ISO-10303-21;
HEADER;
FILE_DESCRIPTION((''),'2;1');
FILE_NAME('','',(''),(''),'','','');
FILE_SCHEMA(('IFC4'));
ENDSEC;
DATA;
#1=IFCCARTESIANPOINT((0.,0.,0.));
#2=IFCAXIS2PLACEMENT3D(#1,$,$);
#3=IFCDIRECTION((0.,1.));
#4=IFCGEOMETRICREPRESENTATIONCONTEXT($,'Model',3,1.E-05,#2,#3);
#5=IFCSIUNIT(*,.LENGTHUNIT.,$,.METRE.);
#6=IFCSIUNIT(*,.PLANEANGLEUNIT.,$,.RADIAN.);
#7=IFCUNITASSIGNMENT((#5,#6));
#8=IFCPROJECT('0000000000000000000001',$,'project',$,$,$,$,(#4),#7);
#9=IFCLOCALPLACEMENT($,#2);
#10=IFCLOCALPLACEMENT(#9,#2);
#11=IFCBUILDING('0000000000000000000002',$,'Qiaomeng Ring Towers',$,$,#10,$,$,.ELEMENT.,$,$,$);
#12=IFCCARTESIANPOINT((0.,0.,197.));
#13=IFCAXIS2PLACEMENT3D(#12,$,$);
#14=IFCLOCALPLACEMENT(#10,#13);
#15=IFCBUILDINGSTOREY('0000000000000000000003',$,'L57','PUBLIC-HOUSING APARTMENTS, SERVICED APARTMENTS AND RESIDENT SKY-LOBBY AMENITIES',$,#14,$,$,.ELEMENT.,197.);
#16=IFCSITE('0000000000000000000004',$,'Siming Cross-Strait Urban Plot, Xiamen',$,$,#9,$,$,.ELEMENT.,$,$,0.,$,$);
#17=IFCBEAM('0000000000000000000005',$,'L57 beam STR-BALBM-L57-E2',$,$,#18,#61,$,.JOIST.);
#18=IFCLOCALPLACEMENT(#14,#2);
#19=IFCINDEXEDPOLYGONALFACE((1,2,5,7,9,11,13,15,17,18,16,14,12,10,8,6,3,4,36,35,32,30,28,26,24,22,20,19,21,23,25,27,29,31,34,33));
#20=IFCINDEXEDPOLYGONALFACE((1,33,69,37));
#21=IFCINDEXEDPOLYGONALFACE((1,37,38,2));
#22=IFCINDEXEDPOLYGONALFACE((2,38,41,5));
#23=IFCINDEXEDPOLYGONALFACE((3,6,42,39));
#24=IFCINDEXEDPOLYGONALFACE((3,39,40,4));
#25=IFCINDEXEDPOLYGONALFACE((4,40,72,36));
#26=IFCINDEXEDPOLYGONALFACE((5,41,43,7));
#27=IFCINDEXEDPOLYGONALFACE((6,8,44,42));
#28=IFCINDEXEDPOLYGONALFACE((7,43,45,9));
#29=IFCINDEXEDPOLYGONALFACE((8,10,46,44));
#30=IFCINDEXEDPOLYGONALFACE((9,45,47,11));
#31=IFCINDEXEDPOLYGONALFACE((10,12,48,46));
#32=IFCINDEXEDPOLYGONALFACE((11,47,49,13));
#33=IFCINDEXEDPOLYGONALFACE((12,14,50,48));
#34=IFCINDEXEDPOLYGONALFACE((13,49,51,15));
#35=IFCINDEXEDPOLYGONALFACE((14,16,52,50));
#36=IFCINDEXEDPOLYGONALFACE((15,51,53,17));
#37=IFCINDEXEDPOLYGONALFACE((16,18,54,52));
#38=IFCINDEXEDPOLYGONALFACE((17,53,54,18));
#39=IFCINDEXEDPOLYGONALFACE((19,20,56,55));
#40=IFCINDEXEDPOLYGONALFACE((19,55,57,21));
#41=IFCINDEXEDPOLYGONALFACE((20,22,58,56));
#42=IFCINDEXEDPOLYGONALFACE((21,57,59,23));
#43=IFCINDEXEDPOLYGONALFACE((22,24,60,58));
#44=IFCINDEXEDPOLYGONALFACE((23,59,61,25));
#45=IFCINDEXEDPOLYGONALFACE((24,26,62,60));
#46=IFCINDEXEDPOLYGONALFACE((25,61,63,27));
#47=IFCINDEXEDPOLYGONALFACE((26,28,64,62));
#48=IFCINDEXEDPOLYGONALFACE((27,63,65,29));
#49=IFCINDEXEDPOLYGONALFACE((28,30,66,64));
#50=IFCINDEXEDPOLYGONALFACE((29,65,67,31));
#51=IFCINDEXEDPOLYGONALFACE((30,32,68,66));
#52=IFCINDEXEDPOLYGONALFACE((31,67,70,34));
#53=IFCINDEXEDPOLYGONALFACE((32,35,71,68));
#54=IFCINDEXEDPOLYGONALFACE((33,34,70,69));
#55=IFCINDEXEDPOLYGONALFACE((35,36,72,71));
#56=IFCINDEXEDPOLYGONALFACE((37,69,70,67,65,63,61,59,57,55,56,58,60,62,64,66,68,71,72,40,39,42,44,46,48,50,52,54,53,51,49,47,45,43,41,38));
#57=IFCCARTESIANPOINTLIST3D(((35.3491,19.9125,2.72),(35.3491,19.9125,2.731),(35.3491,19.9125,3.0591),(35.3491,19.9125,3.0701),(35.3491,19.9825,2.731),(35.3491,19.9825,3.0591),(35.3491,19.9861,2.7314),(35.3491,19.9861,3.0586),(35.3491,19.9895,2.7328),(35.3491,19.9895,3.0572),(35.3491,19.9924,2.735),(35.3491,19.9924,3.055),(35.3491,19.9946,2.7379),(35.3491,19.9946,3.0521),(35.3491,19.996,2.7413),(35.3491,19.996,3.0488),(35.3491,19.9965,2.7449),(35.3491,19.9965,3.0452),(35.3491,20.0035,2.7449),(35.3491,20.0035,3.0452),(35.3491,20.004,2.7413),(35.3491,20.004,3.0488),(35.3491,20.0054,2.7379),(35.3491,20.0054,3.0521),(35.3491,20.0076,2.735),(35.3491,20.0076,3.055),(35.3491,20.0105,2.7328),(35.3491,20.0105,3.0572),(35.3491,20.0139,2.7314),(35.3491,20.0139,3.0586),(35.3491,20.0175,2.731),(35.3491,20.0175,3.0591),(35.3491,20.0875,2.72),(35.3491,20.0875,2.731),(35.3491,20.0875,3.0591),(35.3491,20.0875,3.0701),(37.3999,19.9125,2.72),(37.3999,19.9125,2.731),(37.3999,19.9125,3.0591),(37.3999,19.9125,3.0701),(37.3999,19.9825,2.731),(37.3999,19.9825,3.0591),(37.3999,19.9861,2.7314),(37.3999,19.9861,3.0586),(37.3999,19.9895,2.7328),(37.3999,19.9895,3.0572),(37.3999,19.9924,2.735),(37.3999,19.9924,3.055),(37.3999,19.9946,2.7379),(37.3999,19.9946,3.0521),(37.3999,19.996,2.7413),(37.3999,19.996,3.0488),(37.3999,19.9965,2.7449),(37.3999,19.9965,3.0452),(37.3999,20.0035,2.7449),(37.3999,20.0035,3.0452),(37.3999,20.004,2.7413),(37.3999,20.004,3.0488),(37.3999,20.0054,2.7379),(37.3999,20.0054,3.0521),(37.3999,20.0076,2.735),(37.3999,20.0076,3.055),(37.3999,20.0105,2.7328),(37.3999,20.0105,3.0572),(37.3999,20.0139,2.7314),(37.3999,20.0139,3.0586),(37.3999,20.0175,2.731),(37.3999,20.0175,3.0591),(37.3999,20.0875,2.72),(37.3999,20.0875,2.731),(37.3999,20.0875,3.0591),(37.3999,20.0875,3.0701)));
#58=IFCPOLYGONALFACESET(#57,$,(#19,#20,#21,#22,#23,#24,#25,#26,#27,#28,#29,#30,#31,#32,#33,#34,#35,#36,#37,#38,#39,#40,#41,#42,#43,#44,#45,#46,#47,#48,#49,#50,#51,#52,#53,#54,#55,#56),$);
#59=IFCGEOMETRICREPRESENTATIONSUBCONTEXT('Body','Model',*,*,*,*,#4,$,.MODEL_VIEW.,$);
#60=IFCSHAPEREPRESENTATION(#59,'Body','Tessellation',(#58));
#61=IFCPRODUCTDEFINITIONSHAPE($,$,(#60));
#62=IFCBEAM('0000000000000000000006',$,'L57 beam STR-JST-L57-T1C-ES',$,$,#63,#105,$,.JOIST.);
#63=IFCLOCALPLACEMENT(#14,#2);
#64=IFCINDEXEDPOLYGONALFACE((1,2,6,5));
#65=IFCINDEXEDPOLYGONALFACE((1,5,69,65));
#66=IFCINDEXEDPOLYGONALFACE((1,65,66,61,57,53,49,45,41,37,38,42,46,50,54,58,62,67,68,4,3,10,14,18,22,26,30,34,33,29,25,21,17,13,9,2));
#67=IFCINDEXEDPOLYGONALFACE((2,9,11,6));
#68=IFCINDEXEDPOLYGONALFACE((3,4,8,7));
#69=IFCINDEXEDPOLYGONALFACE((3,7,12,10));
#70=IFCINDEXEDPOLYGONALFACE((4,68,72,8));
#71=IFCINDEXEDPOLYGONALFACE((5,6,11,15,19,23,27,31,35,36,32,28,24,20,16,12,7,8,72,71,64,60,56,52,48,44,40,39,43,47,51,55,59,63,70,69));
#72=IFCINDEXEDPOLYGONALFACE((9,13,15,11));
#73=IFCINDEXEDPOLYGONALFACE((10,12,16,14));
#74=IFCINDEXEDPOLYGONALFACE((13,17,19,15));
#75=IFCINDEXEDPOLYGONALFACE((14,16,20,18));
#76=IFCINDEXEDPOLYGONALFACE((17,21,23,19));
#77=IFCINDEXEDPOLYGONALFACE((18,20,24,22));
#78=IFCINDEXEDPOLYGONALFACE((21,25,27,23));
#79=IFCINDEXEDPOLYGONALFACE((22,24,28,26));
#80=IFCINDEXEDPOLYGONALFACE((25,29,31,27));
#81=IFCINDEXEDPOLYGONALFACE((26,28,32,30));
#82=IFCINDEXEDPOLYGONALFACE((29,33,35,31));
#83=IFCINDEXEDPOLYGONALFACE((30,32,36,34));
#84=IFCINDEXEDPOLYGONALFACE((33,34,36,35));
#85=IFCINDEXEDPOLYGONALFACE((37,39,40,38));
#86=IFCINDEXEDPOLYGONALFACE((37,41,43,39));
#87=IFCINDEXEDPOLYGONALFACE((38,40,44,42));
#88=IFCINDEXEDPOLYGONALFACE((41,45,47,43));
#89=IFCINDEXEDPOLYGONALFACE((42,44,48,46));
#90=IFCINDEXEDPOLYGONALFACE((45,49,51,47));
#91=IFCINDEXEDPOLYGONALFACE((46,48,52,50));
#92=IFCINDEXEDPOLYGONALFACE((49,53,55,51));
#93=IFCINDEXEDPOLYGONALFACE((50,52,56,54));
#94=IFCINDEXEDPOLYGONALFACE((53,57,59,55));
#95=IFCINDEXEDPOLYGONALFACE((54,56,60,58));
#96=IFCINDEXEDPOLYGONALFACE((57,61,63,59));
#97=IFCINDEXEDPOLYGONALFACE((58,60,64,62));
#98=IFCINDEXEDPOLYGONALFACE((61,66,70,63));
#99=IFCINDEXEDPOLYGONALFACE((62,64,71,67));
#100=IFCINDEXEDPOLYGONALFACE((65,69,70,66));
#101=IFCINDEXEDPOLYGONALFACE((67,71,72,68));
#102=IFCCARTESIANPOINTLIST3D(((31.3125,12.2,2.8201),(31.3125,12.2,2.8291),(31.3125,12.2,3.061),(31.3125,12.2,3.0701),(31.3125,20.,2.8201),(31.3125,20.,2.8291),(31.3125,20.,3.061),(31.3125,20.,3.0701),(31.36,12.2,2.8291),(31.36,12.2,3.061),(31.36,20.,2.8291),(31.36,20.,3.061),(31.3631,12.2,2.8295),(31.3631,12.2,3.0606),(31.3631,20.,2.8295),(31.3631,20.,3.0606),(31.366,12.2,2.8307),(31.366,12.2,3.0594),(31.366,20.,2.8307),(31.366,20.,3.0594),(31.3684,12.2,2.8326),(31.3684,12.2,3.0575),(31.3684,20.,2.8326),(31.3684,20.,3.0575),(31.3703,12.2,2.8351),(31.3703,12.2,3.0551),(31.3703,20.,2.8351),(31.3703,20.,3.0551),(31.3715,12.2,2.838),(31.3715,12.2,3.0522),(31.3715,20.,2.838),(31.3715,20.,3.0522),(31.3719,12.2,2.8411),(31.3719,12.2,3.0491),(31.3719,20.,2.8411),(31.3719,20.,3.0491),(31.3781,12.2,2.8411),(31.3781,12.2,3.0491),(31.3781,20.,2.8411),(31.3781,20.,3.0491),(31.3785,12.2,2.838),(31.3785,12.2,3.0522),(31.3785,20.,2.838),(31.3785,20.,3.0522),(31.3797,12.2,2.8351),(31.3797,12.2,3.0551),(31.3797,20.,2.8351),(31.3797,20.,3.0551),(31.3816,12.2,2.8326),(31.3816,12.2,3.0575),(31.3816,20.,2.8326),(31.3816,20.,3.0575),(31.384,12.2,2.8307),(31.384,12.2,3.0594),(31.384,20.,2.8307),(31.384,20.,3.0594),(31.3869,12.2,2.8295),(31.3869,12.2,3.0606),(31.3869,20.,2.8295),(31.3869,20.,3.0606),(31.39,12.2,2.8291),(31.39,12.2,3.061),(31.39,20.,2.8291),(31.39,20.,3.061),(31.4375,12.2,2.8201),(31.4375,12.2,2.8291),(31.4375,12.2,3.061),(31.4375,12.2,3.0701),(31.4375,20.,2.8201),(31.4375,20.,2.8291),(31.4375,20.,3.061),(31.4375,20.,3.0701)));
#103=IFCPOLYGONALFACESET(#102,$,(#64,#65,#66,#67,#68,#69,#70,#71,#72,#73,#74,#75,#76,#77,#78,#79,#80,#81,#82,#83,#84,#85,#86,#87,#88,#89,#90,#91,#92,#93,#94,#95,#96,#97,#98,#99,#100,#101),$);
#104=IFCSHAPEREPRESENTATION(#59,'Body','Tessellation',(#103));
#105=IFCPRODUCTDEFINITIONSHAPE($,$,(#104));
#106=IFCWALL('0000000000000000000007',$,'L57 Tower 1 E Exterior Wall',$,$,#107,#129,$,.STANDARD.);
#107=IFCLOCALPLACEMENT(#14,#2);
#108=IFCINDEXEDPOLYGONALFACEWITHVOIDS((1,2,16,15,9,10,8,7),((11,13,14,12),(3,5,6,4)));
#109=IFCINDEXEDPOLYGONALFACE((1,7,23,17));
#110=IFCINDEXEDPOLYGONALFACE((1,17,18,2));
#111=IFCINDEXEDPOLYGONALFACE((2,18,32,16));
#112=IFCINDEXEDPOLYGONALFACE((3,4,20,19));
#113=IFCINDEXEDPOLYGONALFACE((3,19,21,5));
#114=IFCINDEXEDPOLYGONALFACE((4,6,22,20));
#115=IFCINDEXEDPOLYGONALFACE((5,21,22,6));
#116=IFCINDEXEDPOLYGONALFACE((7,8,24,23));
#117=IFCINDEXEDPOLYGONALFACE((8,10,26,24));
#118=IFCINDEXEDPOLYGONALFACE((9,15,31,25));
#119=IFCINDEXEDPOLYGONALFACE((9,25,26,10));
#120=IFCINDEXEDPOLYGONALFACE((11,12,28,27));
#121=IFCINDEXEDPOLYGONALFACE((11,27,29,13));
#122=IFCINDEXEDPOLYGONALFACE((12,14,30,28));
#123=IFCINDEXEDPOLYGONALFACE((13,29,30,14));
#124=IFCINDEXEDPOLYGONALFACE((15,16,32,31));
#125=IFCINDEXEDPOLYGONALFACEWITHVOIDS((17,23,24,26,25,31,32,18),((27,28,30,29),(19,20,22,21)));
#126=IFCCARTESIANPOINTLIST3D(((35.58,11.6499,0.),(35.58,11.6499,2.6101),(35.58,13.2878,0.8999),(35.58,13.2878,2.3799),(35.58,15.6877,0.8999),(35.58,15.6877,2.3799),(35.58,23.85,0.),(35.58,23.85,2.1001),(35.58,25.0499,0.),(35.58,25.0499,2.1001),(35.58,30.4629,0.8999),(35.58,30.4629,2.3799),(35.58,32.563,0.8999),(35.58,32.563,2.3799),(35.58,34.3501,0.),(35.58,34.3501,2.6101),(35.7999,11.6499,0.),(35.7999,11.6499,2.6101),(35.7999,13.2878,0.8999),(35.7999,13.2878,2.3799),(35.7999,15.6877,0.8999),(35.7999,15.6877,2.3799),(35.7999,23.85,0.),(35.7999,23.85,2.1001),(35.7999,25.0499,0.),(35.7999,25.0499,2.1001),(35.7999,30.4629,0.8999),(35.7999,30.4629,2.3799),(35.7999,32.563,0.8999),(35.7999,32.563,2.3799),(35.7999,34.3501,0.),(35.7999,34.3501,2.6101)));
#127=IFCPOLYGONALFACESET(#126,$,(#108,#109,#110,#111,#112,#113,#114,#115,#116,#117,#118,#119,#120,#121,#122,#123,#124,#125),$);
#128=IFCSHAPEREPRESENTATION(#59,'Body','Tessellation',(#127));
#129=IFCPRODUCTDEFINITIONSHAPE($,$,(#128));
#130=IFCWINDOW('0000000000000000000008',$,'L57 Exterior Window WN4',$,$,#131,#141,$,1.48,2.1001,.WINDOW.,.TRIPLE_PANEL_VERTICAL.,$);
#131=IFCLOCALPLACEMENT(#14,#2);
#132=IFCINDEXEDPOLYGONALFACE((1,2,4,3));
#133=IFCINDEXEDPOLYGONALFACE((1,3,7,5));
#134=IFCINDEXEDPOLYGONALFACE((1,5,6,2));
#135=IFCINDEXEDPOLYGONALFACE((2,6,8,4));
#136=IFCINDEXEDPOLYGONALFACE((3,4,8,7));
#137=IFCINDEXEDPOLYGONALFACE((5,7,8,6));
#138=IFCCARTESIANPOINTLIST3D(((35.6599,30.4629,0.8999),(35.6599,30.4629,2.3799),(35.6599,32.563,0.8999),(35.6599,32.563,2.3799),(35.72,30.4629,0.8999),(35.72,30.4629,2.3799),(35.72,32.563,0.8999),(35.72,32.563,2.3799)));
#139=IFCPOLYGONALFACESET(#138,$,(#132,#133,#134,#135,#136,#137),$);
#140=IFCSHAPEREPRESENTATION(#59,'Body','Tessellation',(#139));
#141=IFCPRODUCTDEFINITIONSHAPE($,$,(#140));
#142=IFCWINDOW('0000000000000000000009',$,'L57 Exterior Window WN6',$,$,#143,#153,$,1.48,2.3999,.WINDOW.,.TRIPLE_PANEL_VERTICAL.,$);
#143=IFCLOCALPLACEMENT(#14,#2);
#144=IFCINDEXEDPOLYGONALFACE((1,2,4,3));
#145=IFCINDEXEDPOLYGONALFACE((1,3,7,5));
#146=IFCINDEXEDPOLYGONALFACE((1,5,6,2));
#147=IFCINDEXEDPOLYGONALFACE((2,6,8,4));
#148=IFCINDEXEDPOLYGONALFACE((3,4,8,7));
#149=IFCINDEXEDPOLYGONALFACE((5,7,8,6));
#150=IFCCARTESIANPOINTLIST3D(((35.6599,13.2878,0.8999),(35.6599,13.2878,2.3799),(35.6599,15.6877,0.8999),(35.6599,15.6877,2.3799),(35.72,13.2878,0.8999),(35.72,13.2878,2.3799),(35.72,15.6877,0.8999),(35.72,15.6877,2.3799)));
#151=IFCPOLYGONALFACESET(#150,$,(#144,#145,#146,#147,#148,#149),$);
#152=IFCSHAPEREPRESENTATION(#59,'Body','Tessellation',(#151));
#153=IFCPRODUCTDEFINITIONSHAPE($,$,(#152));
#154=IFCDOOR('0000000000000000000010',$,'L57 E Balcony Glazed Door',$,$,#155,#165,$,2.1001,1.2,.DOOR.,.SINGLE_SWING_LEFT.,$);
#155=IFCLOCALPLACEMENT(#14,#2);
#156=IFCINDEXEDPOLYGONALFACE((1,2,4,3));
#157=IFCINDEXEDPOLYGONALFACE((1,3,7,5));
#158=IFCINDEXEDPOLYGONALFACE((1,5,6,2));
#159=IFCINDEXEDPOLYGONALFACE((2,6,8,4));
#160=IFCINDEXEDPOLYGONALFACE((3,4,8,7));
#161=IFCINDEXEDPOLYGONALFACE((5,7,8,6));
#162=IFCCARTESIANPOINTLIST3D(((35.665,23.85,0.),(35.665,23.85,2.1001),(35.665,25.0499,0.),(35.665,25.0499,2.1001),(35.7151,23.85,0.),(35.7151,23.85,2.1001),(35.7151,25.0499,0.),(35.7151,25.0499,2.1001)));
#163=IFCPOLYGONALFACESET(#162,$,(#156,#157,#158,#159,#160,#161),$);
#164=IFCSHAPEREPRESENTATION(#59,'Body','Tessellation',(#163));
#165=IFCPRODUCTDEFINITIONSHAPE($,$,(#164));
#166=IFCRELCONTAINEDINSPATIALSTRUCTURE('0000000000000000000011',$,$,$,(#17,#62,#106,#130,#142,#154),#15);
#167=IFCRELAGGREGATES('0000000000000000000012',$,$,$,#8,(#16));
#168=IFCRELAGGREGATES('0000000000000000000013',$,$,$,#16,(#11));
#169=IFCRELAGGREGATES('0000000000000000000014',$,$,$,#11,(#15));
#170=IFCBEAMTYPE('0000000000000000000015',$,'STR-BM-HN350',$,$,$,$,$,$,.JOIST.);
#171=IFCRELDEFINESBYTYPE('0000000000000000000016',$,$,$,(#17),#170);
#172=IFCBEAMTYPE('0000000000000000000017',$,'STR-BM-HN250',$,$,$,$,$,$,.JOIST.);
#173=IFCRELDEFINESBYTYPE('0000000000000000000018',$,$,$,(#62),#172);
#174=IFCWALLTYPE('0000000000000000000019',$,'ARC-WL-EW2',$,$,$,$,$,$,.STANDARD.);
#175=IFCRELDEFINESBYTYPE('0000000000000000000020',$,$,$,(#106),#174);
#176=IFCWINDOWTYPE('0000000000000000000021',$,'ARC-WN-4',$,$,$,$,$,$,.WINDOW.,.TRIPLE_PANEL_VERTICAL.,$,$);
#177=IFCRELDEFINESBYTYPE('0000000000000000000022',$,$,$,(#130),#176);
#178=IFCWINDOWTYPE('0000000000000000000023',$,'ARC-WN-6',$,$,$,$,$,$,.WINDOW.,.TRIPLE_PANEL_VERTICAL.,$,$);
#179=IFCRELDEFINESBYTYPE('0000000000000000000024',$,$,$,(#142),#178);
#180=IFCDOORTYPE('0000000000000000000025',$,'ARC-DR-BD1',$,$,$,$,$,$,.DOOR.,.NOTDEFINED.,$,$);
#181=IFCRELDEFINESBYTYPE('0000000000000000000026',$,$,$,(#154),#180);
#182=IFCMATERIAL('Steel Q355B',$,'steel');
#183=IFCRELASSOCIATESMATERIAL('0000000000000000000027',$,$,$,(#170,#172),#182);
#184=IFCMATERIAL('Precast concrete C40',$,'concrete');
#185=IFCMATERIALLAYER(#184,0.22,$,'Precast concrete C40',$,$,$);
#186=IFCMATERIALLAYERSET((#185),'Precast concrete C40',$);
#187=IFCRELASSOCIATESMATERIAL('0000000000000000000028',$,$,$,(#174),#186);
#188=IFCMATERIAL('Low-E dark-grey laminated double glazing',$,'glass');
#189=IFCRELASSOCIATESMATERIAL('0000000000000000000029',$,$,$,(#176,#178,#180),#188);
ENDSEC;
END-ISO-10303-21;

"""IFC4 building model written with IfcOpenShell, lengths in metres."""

from ifc_helpers import new_model, si_unit, direction, frame, frame_2d, origin, origin_2d, place, context, subcontext, project, spatial, rectangle, i_section, extrude, source, transform, mapped, material, layer, layer_set, material_profile, profile_set, type_object, element, fill, save


model = new_model("IFC4")

# Units and contexts
model_context = context("Model", 3, precision=1e-05, world=origin(), true_north=direction((0.0, 1.0)))
body_context = subcontext(model_context, "Body", "Model", "MODEL_VIEW")
ifc_project = project(units=[si_unit("LENGTHUNIT", "METRE"), si_unit("PLANEANGLEUNIT", "RADIAN")], contexts=[model_context])

# Site, building, storey
site_placement = place(None, origin())
site = spatial("IfcSite", under=ifc_project, at=site_placement, Name="Siming Cross-Strait Urban Plot, Xiamen", CompositionType="ELEMENT", RefElevation=0.0)
building_placement = place(site_placement, origin())
building = spatial("IfcBuilding", under=site, at=building_placement, Name="Qiaomeng Ring Towers", CompositionType="ELEMENT")
storey_placement = place(building_placement, frame((0.0, 0.0, 197.0)))
storey = spatial("IfcBuildingStorey", under=building, at=storey_placement, Name="L57", Description="PUBLIC-HOUSING APARTMENTS, SERVICED APARTMENTS AND RESIDENT SKY-LOBBY AMENITIES", CompositionType="ELEMENT", Elevation=197.0)

# Beams
ifc_material_1 = material(Name="Steel Q355B", Category="steel")
ifc_material_profile_1 = material_profile(ifc_material_1, i_section(OverallWidth=0.175, OverallDepth=0.3501, WebThickness=0.0071, FlangeThickness=0.011, FilletRadius=0.0139, at=origin_2d()), Name="HN 350x175x7x11")
ifc_profile_set_1 = profile_set([ifc_material_profile_1], Name="Steel Q355B")
beam_type_1 = type_object("IfcBeamType", Name="STR-BM-HN350", PredefinedType="JOIST", material=ifc_profile_set_1)
shared_shape_1 = source(origin(), body_context, "Body", "SweptSolid", [
    extrude(i_section(OverallWidth=0.175, OverallDepth=0.3501, WebThickness=0.0071, FlangeThickness=0.011, FilletRadius=0.0139, at=origin_2d()), origin(), (0.0, 0.0, 1.0), 2.0508),
])
beam_1_placement = place(storey_placement, frame((35.3491, 20.0, 2.895), z_axis=(1.0, 0.0, 0.0), x_axis=(0.0, 1.0, 0.0)))
element("IfcBeam", 1, at=beam_1_placement, inside=storey, type_object=beam_type_1, Name="L57 beam STR-BALBM-L57-E2", PredefinedType="JOIST", context=body_context, shape_type="MappedRepresentation", body=[
    mapped(shared_shape_1, transform((0.0, 0.0, 0.0), x_axis=(1.0, 0.0, 0.0), y_axis=(0.0, 1.0, 0.0), z_axis=(0.0, 0.0, 1.0), scale=1.0)),
])
ifc_material_profile_2 = material_profile(ifc_material_1, i_section(OverallWidth=0.125, OverallDepth=0.25, WebThickness=0.0061, FlangeThickness=0.009, FilletRadius=0.012, at=origin_2d()), Name="HN 250x125x6x9")
ifc_profile_set_2 = profile_set([ifc_material_profile_2], Name="Steel Q355B")
beam_type_2 = type_object("IfcBeamType", Name="STR-BM-HN250", PredefinedType="JOIST", material=ifc_profile_set_2)
shared_shape_2 = source(origin(), body_context, "Body", "SweptSolid", [
    extrude(i_section(OverallWidth=0.125, OverallDepth=0.25, WebThickness=0.0061, FlangeThickness=0.009, FilletRadius=0.012, at=origin_2d()), origin(), (0.0, 0.0, 1.0), 7.8),
])
beam_2_placement = place(storey_placement, frame((31.375, 12.2, 2.9451), z_axis=(0.0, 1.0, 0.0), x_axis=(-1.0, 0.0, 0.0)))
element("IfcBeam", 2, at=beam_2_placement, inside=storey, type_object=beam_type_2, Name="L57 beam STR-JST-L57-T1C-ES", PredefinedType="JOIST", context=body_context, shape_type="MappedRepresentation", body=[
    mapped(shared_shape_2, transform((0.0, 0.0, 0.0), x_axis=(1.0, 0.0, 0.0), y_axis=(0.0, 1.0, 0.0), z_axis=(0.0, 0.0, 1.0), scale=1.0)),
])

# Wall, openings, windows, door
ifc_material_2 = material(Name="Precast concrete C40", Category="concrete")
ifc_layer_1 = layer(ifc_material_2, 0.22, Name="Precast concrete C40")
ifc_layer_set_1 = layer_set([ifc_layer_1], Name="Precast concrete C40")
wall_type_1 = type_object("IfcWallType", Name="ARC-WL-EW2", PredefinedType="STANDARD", material=ifc_layer_set_1)
wall_1_placement = place(storey_placement, frame((35.6899, 11.6499, 0.0), z_axis=(0.0, 0.0, 1.0), x_axis=(0.0, 1.0, 0.0)))
wall_1 = element("IfcWall", 3, at=wall_1_placement, inside=storey, type_object=wall_type_1, Name="L57 Tower 1 E Exterior Wall", PredefinedType="STANDARD", context=body_context, shape_type="SweptSolid", body=[
    extrude(rectangle(XDim=22.7002, YDim=0.22, at=frame_2d((11.3501, 0.0))), origin(), (0.0, 0.0, 1.0), 2.6101),
])
opening_1_placement = place(wall_1_placement, frame((12.2, 0.0, 0.0)))
opening_1 = element("IfcOpeningElement", 4, at=opening_1_placement, cuts=wall_1, PredefinedType="OPENING", context=body_context, shape_type="SweptSolid", body=[
    extrude(rectangle(XDim=1.2, YDim=2.1001, at=frame_2d((0.6001, 1.05))), frame((0.0, 0.1199, 0.0), z_axis=(0.0, -1.0, 0.0), x_axis=(1.0, 0.0, 0.0)), (0.0, 0.0, 1.0), 0.24),
])
opening_2_placement = place(wall_1_placement, frame((1.6379, 0.0, 0.8999)))
opening_2 = element("IfcOpeningElement", 5, at=opening_2_placement, cuts=wall_1, PredefinedType="OPENING", context=body_context, shape_type="SweptSolid", body=[
    extrude(rectangle(XDim=2.3999, YDim=1.48, at=frame_2d((1.2, 0.74))), frame((0.0, 0.1199, 0.0), z_axis=(0.0, -1.0, 0.0), x_axis=(1.0, 0.0, 0.0)), (0.0, 0.0, 1.0), 0.24),
])
opening_3_placement = place(wall_1_placement, frame((18.813, 0.0, 0.8999)))
opening_3 = element("IfcOpeningElement", 6, at=opening_3_placement, cuts=wall_1, PredefinedType="OPENING", context=body_context, shape_type="SweptSolid", body=[
    extrude(rectangle(XDim=2.1001, YDim=1.48, at=frame_2d((1.05, 0.74))), frame((0.0, 0.1199, 0.0), z_axis=(0.0, -1.0, 0.0), x_axis=(1.0, 0.0, 0.0)), (0.0, 0.0, 1.0), 0.24),
])
ifc_material_3 = material(Name="Low-E dark-grey laminated double glazing", Category="glass")
window_type_1 = type_object("IfcWindowType", Name="ARC-WN-4", PartitioningType="TRIPLE_PANEL_VERTICAL", PredefinedType="WINDOW", material=ifc_material_3)
shared_shape_3 = source(origin(), body_context, "Body", "SweptSolid", [
    extrude(rectangle(XDim=2.1001, YDim=1.48, at=frame_2d((1.05, 0.74))), frame((0.0, 0.03, 0.0), z_axis=(0.0, -1.0, 0.0), x_axis=(1.0, 0.0, 0.0)), (0.0, 0.0, 1.0), 0.0601),
])
window_1_placement = place(opening_3_placement, origin())
window_1 = element("IfcWindow", 7, at=window_1_placement, inside=storey, type_object=window_type_1, Name="L57 Exterior Window WN4", OverallHeight=1.48, OverallWidth=2.1001, PartitioningType="TRIPLE_PANEL_VERTICAL", PredefinedType="WINDOW", context=body_context, shape_type="MappedRepresentation", body=[
    mapped(shared_shape_3, transform((0.0, 0.0, 0.0), x_axis=(1.0, 0.0, 0.0), y_axis=(0.0, 1.0, 0.0), z_axis=(0.0, 0.0, 1.0), scale=1.0)),
])
fill(opening_3, window_1)
window_type_2 = type_object("IfcWindowType", Name="ARC-WN-6", PartitioningType="TRIPLE_PANEL_VERTICAL", PredefinedType="WINDOW", material=ifc_material_3)
shared_shape_4 = source(origin(), body_context, "Body", "SweptSolid", [
    extrude(rectangle(XDim=2.3999, YDim=1.48, at=frame_2d((1.2, 0.74))), frame((0.0, 0.03, 0.0), z_axis=(0.0, -1.0, 0.0), x_axis=(1.0, 0.0, 0.0)), (0.0, 0.0, 1.0), 0.0601),
])
window_2_placement = place(opening_2_placement, origin())
window_2 = element("IfcWindow", 8, at=window_2_placement, inside=storey, type_object=window_type_2, Name="L57 Exterior Window WN6", OverallHeight=1.48, OverallWidth=2.3999, PartitioningType="TRIPLE_PANEL_VERTICAL", PredefinedType="WINDOW", context=body_context, shape_type="MappedRepresentation", body=[
    mapped(shared_shape_4, transform((0.0, 0.0, 0.0), x_axis=(1.0, 0.0, 0.0), y_axis=(0.0, 1.0, 0.0), z_axis=(0.0, 0.0, 1.0), scale=1.0)),
])
fill(opening_2, window_2)
door_type_1 = type_object("IfcDoorType", Name="ARC-DR-BD1", OperationType="NOTDEFINED", PredefinedType="DOOR", material=ifc_material_3)
shared_shape_5 = source(origin(), body_context, "Body", "SweptSolid", [
    extrude(rectangle(XDim=1.2, YDim=2.1001, at=frame_2d((0.6001, 1.05))), frame((0.0, 0.0249, 0.0), z_axis=(0.0, -1.0, 0.0), x_axis=(1.0, 0.0, 0.0)), (0.0, 0.0, 1.0), 0.05),
])
door_1_placement = place(opening_1_placement, origin())
door_1 = element("IfcDoor", 9, at=door_1_placement, inside=storey, type_object=door_type_1, Name="L57 E Balcony Glazed Door", OperationType="SINGLE_SWING_LEFT", OverallHeight=2.1001, OverallWidth=1.2, PredefinedType="DOOR", context=body_context, shape_type="MappedRepresentation", body=[
    mapped(shared_shape_5, transform((0.0, 0.0, 0.0), x_axis=(1.0, 0.0, 0.0), y_axis=(0.0, 1.0, 0.0), z_axis=(0.0, 0.0, 1.0), scale=1.0)),
])
fill(opening_1, door_1)

save(model, "model.ifc")
